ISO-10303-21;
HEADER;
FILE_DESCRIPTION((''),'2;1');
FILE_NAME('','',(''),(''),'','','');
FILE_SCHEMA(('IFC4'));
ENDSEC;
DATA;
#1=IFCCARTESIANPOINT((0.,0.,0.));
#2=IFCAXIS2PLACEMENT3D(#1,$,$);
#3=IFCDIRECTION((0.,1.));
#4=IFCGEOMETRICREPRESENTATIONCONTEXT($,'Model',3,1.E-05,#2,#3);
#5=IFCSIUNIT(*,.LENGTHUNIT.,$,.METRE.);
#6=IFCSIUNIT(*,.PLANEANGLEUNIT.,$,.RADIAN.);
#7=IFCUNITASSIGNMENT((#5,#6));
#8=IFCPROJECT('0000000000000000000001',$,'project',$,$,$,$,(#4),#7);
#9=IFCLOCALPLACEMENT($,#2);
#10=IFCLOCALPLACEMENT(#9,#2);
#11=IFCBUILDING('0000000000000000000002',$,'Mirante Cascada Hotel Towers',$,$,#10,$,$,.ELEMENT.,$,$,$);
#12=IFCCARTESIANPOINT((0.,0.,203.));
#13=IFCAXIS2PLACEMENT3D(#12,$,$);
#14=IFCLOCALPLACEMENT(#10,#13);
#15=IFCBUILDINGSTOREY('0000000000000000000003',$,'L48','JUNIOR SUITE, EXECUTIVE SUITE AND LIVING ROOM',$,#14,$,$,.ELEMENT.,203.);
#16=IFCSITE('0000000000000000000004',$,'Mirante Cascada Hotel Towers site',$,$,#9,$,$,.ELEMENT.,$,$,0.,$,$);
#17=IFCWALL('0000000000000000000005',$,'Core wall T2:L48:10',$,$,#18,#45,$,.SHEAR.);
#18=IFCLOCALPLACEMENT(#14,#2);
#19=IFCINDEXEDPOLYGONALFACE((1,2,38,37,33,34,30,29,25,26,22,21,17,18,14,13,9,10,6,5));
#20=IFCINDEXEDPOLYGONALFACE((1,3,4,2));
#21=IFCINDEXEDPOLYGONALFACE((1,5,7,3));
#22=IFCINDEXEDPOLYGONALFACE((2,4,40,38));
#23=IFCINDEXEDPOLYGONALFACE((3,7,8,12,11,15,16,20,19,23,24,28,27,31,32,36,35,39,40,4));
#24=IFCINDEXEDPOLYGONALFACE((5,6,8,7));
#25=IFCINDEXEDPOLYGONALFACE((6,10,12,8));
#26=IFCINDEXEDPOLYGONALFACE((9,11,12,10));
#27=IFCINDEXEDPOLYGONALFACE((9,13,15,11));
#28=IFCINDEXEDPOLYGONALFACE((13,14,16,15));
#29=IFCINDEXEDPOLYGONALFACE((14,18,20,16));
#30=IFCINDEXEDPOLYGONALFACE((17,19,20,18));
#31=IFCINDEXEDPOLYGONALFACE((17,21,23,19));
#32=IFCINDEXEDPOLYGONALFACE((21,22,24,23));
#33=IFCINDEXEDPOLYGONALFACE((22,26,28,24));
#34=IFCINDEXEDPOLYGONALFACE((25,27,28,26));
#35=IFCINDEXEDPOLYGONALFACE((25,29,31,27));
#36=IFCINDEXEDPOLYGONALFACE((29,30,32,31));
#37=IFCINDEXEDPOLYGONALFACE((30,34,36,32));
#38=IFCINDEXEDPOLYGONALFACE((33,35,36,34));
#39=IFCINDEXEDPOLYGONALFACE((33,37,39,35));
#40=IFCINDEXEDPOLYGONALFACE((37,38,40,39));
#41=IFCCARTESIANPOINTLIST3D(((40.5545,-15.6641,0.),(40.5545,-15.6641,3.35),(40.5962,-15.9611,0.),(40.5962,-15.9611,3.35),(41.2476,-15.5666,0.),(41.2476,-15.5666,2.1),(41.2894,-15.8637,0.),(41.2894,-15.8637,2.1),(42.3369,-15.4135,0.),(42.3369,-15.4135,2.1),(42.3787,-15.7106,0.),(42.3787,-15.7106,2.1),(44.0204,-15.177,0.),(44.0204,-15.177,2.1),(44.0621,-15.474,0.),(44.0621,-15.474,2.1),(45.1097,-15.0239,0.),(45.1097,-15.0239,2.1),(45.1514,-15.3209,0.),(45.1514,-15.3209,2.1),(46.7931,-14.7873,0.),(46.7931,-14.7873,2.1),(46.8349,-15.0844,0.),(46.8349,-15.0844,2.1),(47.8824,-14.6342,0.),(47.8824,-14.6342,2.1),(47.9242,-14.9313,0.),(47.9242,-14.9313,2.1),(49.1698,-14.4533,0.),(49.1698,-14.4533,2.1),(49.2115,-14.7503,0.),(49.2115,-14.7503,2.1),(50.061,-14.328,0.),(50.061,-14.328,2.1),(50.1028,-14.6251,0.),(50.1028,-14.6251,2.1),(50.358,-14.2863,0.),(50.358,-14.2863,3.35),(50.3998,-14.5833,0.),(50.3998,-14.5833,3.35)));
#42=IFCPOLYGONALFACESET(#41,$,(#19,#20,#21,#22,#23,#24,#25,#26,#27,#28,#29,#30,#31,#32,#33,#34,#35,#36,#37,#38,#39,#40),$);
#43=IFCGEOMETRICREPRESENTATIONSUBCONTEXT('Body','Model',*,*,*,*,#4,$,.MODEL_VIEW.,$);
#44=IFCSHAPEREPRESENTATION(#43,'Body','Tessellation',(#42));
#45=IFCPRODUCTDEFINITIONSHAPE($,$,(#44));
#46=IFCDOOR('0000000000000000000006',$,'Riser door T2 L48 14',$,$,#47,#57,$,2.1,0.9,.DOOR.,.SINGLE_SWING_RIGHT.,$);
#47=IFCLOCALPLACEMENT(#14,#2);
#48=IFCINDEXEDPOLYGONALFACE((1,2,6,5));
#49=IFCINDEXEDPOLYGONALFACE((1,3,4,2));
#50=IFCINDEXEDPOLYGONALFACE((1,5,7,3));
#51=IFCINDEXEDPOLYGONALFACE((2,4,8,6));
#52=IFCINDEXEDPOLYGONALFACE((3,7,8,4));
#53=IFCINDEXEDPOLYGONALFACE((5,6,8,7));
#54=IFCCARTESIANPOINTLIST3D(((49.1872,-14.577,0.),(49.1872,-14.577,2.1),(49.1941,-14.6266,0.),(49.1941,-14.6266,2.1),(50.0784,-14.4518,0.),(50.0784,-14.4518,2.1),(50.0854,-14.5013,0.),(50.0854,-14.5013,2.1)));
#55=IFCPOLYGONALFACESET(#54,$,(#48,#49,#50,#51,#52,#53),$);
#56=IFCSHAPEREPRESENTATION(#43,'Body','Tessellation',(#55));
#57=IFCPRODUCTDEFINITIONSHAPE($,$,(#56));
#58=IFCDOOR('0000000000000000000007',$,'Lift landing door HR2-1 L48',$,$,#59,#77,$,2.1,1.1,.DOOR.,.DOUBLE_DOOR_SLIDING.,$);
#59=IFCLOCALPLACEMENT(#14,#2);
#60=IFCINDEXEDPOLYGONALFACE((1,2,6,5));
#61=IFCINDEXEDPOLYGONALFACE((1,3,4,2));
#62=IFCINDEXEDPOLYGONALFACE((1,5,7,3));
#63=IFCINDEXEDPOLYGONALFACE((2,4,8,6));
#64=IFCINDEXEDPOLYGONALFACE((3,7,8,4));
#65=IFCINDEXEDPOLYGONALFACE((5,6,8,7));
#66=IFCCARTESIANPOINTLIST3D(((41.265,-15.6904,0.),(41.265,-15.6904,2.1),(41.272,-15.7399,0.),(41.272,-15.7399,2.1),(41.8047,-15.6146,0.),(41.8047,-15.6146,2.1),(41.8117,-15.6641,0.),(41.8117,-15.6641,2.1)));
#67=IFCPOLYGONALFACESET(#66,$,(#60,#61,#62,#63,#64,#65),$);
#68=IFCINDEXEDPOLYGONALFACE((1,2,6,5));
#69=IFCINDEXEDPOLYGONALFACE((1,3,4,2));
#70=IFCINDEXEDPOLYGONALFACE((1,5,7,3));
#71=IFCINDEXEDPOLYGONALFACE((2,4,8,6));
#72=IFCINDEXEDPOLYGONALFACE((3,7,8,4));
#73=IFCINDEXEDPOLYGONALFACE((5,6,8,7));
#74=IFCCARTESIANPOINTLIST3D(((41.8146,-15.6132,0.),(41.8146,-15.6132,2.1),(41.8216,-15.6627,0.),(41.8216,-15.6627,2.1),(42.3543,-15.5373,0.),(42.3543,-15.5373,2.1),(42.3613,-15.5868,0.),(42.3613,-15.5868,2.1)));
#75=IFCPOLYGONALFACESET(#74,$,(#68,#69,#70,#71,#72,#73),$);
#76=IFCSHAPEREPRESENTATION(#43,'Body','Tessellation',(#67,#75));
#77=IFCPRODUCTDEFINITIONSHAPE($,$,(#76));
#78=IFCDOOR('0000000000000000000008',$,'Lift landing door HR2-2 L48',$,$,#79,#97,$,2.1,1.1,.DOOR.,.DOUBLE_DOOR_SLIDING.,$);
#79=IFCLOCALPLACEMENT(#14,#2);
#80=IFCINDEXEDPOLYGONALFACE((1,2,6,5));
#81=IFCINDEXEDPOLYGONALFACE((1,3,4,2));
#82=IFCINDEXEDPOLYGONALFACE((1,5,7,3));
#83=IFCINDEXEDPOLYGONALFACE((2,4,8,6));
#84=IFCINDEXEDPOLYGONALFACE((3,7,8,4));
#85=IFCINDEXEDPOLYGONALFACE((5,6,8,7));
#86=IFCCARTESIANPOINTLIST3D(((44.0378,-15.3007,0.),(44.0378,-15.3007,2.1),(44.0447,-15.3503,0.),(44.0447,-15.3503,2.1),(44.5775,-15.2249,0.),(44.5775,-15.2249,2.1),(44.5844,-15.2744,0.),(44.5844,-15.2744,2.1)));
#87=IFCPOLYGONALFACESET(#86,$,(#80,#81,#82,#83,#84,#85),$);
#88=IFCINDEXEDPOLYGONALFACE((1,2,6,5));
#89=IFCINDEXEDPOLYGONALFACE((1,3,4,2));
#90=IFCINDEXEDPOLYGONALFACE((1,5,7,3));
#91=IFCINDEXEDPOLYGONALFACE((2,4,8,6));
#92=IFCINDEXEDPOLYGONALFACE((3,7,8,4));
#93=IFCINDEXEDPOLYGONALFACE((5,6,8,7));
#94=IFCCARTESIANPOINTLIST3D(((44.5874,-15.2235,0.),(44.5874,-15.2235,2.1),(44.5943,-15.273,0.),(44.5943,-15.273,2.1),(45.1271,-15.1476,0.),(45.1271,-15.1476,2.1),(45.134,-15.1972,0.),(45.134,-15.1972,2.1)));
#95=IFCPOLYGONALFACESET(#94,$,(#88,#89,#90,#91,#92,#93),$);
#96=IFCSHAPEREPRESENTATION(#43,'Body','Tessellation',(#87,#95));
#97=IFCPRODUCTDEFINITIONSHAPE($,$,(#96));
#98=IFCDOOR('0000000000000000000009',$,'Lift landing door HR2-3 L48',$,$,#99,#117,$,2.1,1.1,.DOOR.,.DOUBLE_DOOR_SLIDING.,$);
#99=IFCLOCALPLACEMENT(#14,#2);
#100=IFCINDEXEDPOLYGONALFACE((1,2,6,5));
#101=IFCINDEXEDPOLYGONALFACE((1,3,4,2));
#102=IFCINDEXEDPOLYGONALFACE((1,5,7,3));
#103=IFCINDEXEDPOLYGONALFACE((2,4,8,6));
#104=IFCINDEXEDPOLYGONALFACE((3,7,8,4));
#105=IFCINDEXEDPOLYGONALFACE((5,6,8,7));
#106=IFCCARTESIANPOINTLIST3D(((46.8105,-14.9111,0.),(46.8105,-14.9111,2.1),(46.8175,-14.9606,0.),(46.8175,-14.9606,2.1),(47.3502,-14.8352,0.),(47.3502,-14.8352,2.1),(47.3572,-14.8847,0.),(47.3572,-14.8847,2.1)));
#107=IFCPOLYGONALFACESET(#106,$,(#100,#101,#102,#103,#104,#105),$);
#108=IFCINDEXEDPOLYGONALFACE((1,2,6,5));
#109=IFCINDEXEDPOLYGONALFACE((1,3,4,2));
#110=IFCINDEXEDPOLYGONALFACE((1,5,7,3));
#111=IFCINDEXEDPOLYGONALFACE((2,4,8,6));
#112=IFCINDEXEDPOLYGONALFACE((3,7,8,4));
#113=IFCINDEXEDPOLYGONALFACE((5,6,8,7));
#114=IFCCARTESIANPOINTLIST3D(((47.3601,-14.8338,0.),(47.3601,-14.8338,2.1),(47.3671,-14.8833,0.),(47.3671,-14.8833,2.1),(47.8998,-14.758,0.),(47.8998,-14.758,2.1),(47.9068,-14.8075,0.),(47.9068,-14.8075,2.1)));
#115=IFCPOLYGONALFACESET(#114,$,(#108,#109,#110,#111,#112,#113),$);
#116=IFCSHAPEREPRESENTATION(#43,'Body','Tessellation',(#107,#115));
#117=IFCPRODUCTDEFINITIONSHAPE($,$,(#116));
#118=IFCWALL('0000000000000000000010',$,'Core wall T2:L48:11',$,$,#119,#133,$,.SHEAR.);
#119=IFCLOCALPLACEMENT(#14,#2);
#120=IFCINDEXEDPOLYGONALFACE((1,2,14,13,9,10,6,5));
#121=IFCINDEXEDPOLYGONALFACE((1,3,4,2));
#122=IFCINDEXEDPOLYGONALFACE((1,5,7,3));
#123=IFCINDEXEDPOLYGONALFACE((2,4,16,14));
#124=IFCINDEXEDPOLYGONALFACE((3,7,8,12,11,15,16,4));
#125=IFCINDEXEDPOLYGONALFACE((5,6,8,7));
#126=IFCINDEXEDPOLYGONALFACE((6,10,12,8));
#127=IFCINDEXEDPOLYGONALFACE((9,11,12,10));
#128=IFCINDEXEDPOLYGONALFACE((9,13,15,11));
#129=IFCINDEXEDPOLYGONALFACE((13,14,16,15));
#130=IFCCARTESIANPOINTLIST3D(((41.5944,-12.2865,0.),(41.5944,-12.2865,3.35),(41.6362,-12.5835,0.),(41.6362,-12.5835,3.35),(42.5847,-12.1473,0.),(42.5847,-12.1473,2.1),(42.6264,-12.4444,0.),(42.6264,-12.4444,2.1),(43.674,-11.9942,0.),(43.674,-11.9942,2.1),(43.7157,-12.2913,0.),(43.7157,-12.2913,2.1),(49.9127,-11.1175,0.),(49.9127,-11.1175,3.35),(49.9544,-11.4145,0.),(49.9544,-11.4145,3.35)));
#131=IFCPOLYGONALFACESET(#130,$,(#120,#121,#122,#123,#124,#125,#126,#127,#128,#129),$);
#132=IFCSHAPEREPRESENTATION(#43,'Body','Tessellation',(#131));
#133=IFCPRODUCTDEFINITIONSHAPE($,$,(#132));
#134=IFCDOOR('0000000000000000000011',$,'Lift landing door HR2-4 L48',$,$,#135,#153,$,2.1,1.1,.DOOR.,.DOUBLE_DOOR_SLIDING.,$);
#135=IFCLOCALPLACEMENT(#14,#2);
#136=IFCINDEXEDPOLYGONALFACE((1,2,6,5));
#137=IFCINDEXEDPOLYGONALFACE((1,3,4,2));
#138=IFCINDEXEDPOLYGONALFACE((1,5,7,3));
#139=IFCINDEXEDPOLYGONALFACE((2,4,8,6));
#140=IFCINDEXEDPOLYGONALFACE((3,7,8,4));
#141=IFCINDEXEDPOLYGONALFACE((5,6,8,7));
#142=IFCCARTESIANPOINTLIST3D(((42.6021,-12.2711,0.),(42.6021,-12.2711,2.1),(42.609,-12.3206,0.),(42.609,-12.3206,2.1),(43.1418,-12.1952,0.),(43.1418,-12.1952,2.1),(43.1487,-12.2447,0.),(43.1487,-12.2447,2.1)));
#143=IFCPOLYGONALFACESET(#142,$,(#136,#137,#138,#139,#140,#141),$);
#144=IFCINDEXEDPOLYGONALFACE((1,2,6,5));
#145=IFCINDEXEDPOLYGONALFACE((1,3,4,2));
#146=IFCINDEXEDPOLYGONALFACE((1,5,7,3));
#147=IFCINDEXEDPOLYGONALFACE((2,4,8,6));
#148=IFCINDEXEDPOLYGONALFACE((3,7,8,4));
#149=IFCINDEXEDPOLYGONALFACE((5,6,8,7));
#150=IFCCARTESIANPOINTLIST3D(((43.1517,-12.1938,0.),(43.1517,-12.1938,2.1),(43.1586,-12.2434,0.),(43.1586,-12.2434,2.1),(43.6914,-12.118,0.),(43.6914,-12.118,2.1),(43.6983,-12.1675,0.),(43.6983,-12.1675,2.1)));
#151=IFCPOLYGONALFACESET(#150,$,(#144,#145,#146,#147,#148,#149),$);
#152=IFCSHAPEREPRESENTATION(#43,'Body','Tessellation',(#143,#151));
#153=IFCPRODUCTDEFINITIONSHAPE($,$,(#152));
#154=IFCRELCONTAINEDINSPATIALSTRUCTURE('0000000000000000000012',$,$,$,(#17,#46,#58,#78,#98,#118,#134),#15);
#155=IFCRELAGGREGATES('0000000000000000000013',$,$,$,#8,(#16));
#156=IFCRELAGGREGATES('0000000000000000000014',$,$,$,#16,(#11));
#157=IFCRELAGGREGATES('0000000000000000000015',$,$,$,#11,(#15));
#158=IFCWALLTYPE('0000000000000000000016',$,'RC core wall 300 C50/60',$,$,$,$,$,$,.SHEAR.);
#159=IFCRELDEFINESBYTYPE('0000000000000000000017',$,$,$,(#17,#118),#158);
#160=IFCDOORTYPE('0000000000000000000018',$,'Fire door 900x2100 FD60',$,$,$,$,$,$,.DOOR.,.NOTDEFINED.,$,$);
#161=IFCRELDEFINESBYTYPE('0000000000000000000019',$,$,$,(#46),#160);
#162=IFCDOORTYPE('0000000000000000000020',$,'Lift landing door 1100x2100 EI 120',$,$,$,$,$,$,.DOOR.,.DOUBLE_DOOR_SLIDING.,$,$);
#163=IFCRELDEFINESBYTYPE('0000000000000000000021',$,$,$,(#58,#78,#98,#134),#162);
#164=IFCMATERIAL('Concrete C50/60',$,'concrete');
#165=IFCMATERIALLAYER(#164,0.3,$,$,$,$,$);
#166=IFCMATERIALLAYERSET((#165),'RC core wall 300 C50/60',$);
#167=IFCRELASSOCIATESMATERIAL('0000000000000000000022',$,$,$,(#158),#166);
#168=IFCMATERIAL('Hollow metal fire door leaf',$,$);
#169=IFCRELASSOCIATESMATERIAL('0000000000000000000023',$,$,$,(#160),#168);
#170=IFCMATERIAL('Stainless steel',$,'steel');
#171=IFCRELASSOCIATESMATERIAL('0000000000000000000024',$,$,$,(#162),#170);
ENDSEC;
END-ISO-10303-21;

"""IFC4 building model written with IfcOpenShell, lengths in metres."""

from ifc_helpers import new_model, si_unit, direction, frame, frame_2d, origin, place, context, subcontext, project, spatial, rectangle, extrude, material, layer, layer_set, type_object, element, fill, save


model = new_model("IFC4")

# Units and contexts
model_context = context("Model", 3, precision=1e-05, world=origin(), true_north=direction((0.0, 1.0)))
body_context = subcontext(model_context, "Body", "Model", "MODEL_VIEW")
ifc_project = project(units=[si_unit("LENGTHUNIT", "METRE"), si_unit("PLANEANGLEUNIT", "RADIAN")], contexts=[model_context])

# Site, building, storey
site_placement = place(None, origin())
site = spatial("IfcSite", under=ifc_project, at=site_placement, Name="Mirante Cascada Hotel Towers site", CompositionType="ELEMENT", RefElevation=0.0)
building_placement = place(site_placement, origin())
building = spatial("IfcBuilding", under=site, at=building_placement, Name="Mirante Cascada Hotel Towers", CompositionType="ELEMENT")
storey_placement = place(building_placement, frame((0.0, 0.0, 203.0)))
storey = spatial("IfcBuildingStorey", under=building, at=storey_placement, Name="L48", Description="JUNIOR SUITE, EXECUTIVE SUITE AND LIVING ROOM", CompositionType="ELEMENT", Elevation=203.0)

# Shared definitions
ifc_material_1 = material(Name="Concrete C50/60", Category="concrete")
ifc_layer_1 = layer(ifc_material_1, 0.3)
ifc_layer_set_1 = layer_set([ifc_layer_1], Name="RC core wall 300 C50/60")
wall_type_1 = type_object("IfcWallType", Name="RC core wall 300 C50/60", PredefinedType="SHEAR", material=ifc_layer_set_1)

# Wall, openings, doors
wall_1_placement = place(storey_placement, frame((40.5753, -15.8126, 0.0), z_axis=(0.0, 0.0, 1.0), x_axis=(0.990268, 0.139173, 0.0)))
wall_1 = element("IfcWall", 1, at=wall_1_placement, inside=storey, type_object=wall_type_1, Name="Core wall T2:L48:10", PredefinedType="SHEAR", context=body_context, shape_type="SweptSolid", body=[
    extrude(rectangle(XDim=9.8999, YDim=0.3, at=frame_2d((4.95, 0.0))), origin(), (0.0, 0.0, 1.0), 3.35),
])
opening_1_placement = place(wall_1_placement, frame((0.7, 0.0, 0.0)))
opening_1 = element("IfcOpeningElement", 2, at=opening_1_placement, cuts=wall_1, PredefinedType="OPENING", context=body_context, shape_type="SweptSolid", body=[
    extrude(rectangle(XDim=1.1, YDim=2.1, at=frame_2d((0.55, 1.05))), frame((0.0, 0.15, 0.0), z_axis=(0.0, -1.0, 0.0), x_axis=(1.0, 0.0, 0.0)), (0.0, 0.0, 1.0), 0.3),
])
opening_2_placement = place(wall_1_placement, frame((3.5, 0.0, 0.0)))
opening_2 = element("IfcOpeningElement", 3, at=opening_2_placement, cuts=wall_1, PredefinedType="OPENING", context=body_context, shape_type="SweptSolid", body=[
    extrude(rectangle(XDim=1.1, YDim=2.1, at=frame_2d((0.55, 1.05))), frame((0.0, 0.15, 0.0), z_axis=(0.0, -1.0, 0.0), x_axis=(1.0, 0.0, 0.0)), (0.0, 0.0, 1.0), 0.3),
])
opening_3_placement = place(wall_1_placement, frame((6.3, 0.0, 0.0)))
opening_3 = element("IfcOpeningElement", 4, at=opening_3_placement, cuts=wall_1, PredefinedType="OPENING", context=body_context, shape_type="SweptSolid", body=[
    extrude(rectangle(XDim=1.1, YDim=2.1, at=frame_2d((0.55, 1.05))), frame((0.0, 0.15, 0.0), z_axis=(0.0, -1.0, 0.0), x_axis=(1.0, 0.0, 0.0)), (0.0, 0.0, 1.0), 0.3),
])
opening_4_placement = place(wall_1_placement, frame((8.7, 0.0, 0.0)))
opening_4 = element("IfcOpeningElement", 5, at=opening_4_placement, cuts=wall_1, PredefinedType="OPENING", context=body_context, shape_type="SweptSolid", body=[
    extrude(rectangle(XDim=0.9, YDim=2.1, at=frame_2d((0.45, 1.05))), frame((0.0, 0.15, 0.0), z_axis=(0.0, -1.0, 0.0), x_axis=(1.0, 0.0, 0.0)), (0.0, 0.0, 1.0), 0.3),
])
ifc_material_2 = material(Name="Hollow metal fire door leaf")
door_type_1 = type_object("IfcDoorType", Name="Fire door 900x2100 FD60", OperationType="NOTDEFINED", PredefinedType="DOOR", material=ifc_material_2)
door_1_placement = place(opening_4_placement, frame((0.9, 0.0, 0.0), z_axis=(0.0, 0.0, 1.0), x_axis=(-1.0, 0.0, 0.0)))
door_1 = element("IfcDoor", 6, at=door_1_placement, inside=storey, type_object=door_type_1, Name="Riser door T2 L48 14", OperationType="SINGLE_SWING_RIGHT", OverallHeight=2.1, OverallWidth=0.9, PredefinedType="DOOR", context=body_context, shape_type="SweptSolid", body=[
    extrude(rectangle(XDim=0.9, YDim=2.1, at=frame_2d((0.45, 1.05))), frame((0.0, 0.025, 0.0), z_axis=(0.0, -1.0, 0.0), x_axis=(1.0, 0.0, 0.0)), (0.0, 0.0, 1.0), 0.05),
])
fill(opening_4, door_1)
ifc_material_3 = material(Name="Stainless steel", Category="steel")
door_type_2 = type_object("IfcDoorType", Name="Lift landing door 1100x2100 EI 120", OperationType="DOUBLE_DOOR_SLIDING", PredefinedType="DOOR", material=ifc_material_3)
door_2_placement = place(opening_1_placement, origin())
door_2 = element("IfcDoor", 7, at=door_2_placement, inside=storey, type_object=door_type_2, Name="Lift landing door HR2-1 L48", OperationType="DOUBLE_DOOR_SLIDING", OverallHeight=2.1, OverallWidth=1.1, PredefinedType="DOOR", context=body_context, shape_type="SweptSolid", body=[
    extrude(rectangle(XDim=0.545, YDim=2.1, at=frame_2d((0.2725, 1.05))), frame((0.0, 0.025, 0.0), z_axis=(0.0, -1.0, 0.0), x_axis=(1.0, 0.0, 0.0)), (0.0, 0.0, 1.0), 0.05),
    extrude(rectangle(XDim=0.545, YDim=2.1, at=frame_2d((0.8275, 1.05))), frame((0.0, 0.025, 0.0), z_axis=(0.0, -1.0, 0.0), x_axis=(1.0, 0.0, 0.0)), (0.0, 0.0, 1.0), 0.05),
])
fill(opening_1, door_2)
door_3_placement = place(opening_2_placement, origin())
door_3 = element("IfcDoor", 8, at=door_3_placement, inside=storey, type_object=door_type_2, Name="Lift landing door HR2-2 L48", OperationType="DOUBLE_DOOR_SLIDING", OverallHeight=2.1, OverallWidth=1.1, PredefinedType="DOOR", context=body_context, shape_type="SweptSolid", body=[
    extrude(rectangle(XDim=0.545, YDim=2.1, at=frame_2d((0.2725, 1.05))), frame((0.0, 0.025, 0.0), z_axis=(0.0, -1.0, 0.0), x_axis=(1.0, 0.0, 0.0)), (0.0, 0.0, 1.0), 0.05),
    extrude(rectangle(XDim=0.545, YDim=2.1, at=frame_2d((0.8275, 1.05))), frame((0.0, 0.025, 0.0), z_axis=(0.0, -1.0, 0.0), x_axis=(1.0, 0.0, 0.0)), (0.0, 0.0, 1.0), 0.05),
])
fill(opening_2, door_3)
door_4_placement = place(opening_3_placement, origin())
door_4 = element("IfcDoor", 9, at=door_4_placement, inside=storey, type_object=door_type_2, Name="Lift landing door HR2-3 L48", OperationType="DOUBLE_DOOR_SLIDING", OverallHeight=2.1, OverallWidth=1.1, PredefinedType="DOOR", context=body_context, shape_type="SweptSolid", body=[
    extrude(rectangle(XDim=0.545, YDim=2.1, at=frame_2d((0.2725, 1.05))), frame((0.0, 0.025, 0.0), z_axis=(0.0, -1.0, 0.0), x_axis=(1.0, 0.0, 0.0)), (0.0, 0.0, 1.0), 0.05),
    extrude(rectangle(XDim=0.545, YDim=2.1, at=frame_2d((0.8275, 1.05))), frame((0.0, 0.025, 0.0), z_axis=(0.0, -1.0, 0.0), x_axis=(1.0, 0.0, 0.0)), (0.0, 0.0, 1.0), 0.05),
])
fill(opening_3, door_4)

# Wall, opening, door
wall_2_placement = place(storey_placement, frame((41.6153, -12.435, 0.0), z_axis=(0.0, 0.0, 1.0), x_axis=(0.990269, 0.139166, 0.0)))
wall_2 = element("IfcWall", 10, at=wall_2_placement, inside=storey, type_object=wall_type_1, Name="Core wall T2:L48:11", PredefinedType="SHEAR", context=body_context, shape_type="SweptSolid", body=[
    extrude(rectangle(XDim=8.4, YDim=0.3, at=frame_2d((4.2, 0.0))), origin(), (0.0, 0.0, 1.0), 3.35),
])
opening_5_placement = place(wall_2_placement, frame((1.0, 0.0, 0.0)))
opening_5 = element("IfcOpeningElement", 11, at=opening_5_placement, cuts=wall_2, PredefinedType="OPENING", context=body_context, shape_type="SweptSolid", body=[
    extrude(rectangle(XDim=1.1, YDim=2.1, at=frame_2d((0.55, 1.05))), frame((0.0, 0.15, 0.0), z_axis=(0.0, -1.0, 0.0), x_axis=(1.0, 0.0, 0.0)), (0.0, 0.0, 1.0), 0.3),
])
door_5_placement = place(opening_5_placement, origin())
door_5 = element("IfcDoor", 12, at=door_5_placement, inside=storey, type_object=door_type_2, Name="Lift landing door HR2-4 L48", OperationType="DOUBLE_DOOR_SLIDING", OverallHeight=2.1, OverallWidth=1.1, PredefinedType="DOOR", context=body_context, shape_type="SweptSolid", body=[
    extrude(rectangle(XDim=0.545, YDim=2.1, at=frame_2d((0.2725, 1.05))), frame((0.0, 0.025, 0.0), z_axis=(0.0, -1.0, 0.0), x_axis=(1.0, 0.0, 0.0)), (0.0, 0.0, 1.0), 0.05),
    extrude(rectangle(XDim=0.545, YDim=2.1, at=frame_2d((0.8275, 1.05))), frame((0.0, 0.025, 0.0), z_axis=(0.0, -1.0, 0.0), x_axis=(1.0, 0.0, 0.0)), (0.0, 0.0, 1.0), 0.05),
])
fill(opening_5, door_5)

save(model, "model.ifc")
